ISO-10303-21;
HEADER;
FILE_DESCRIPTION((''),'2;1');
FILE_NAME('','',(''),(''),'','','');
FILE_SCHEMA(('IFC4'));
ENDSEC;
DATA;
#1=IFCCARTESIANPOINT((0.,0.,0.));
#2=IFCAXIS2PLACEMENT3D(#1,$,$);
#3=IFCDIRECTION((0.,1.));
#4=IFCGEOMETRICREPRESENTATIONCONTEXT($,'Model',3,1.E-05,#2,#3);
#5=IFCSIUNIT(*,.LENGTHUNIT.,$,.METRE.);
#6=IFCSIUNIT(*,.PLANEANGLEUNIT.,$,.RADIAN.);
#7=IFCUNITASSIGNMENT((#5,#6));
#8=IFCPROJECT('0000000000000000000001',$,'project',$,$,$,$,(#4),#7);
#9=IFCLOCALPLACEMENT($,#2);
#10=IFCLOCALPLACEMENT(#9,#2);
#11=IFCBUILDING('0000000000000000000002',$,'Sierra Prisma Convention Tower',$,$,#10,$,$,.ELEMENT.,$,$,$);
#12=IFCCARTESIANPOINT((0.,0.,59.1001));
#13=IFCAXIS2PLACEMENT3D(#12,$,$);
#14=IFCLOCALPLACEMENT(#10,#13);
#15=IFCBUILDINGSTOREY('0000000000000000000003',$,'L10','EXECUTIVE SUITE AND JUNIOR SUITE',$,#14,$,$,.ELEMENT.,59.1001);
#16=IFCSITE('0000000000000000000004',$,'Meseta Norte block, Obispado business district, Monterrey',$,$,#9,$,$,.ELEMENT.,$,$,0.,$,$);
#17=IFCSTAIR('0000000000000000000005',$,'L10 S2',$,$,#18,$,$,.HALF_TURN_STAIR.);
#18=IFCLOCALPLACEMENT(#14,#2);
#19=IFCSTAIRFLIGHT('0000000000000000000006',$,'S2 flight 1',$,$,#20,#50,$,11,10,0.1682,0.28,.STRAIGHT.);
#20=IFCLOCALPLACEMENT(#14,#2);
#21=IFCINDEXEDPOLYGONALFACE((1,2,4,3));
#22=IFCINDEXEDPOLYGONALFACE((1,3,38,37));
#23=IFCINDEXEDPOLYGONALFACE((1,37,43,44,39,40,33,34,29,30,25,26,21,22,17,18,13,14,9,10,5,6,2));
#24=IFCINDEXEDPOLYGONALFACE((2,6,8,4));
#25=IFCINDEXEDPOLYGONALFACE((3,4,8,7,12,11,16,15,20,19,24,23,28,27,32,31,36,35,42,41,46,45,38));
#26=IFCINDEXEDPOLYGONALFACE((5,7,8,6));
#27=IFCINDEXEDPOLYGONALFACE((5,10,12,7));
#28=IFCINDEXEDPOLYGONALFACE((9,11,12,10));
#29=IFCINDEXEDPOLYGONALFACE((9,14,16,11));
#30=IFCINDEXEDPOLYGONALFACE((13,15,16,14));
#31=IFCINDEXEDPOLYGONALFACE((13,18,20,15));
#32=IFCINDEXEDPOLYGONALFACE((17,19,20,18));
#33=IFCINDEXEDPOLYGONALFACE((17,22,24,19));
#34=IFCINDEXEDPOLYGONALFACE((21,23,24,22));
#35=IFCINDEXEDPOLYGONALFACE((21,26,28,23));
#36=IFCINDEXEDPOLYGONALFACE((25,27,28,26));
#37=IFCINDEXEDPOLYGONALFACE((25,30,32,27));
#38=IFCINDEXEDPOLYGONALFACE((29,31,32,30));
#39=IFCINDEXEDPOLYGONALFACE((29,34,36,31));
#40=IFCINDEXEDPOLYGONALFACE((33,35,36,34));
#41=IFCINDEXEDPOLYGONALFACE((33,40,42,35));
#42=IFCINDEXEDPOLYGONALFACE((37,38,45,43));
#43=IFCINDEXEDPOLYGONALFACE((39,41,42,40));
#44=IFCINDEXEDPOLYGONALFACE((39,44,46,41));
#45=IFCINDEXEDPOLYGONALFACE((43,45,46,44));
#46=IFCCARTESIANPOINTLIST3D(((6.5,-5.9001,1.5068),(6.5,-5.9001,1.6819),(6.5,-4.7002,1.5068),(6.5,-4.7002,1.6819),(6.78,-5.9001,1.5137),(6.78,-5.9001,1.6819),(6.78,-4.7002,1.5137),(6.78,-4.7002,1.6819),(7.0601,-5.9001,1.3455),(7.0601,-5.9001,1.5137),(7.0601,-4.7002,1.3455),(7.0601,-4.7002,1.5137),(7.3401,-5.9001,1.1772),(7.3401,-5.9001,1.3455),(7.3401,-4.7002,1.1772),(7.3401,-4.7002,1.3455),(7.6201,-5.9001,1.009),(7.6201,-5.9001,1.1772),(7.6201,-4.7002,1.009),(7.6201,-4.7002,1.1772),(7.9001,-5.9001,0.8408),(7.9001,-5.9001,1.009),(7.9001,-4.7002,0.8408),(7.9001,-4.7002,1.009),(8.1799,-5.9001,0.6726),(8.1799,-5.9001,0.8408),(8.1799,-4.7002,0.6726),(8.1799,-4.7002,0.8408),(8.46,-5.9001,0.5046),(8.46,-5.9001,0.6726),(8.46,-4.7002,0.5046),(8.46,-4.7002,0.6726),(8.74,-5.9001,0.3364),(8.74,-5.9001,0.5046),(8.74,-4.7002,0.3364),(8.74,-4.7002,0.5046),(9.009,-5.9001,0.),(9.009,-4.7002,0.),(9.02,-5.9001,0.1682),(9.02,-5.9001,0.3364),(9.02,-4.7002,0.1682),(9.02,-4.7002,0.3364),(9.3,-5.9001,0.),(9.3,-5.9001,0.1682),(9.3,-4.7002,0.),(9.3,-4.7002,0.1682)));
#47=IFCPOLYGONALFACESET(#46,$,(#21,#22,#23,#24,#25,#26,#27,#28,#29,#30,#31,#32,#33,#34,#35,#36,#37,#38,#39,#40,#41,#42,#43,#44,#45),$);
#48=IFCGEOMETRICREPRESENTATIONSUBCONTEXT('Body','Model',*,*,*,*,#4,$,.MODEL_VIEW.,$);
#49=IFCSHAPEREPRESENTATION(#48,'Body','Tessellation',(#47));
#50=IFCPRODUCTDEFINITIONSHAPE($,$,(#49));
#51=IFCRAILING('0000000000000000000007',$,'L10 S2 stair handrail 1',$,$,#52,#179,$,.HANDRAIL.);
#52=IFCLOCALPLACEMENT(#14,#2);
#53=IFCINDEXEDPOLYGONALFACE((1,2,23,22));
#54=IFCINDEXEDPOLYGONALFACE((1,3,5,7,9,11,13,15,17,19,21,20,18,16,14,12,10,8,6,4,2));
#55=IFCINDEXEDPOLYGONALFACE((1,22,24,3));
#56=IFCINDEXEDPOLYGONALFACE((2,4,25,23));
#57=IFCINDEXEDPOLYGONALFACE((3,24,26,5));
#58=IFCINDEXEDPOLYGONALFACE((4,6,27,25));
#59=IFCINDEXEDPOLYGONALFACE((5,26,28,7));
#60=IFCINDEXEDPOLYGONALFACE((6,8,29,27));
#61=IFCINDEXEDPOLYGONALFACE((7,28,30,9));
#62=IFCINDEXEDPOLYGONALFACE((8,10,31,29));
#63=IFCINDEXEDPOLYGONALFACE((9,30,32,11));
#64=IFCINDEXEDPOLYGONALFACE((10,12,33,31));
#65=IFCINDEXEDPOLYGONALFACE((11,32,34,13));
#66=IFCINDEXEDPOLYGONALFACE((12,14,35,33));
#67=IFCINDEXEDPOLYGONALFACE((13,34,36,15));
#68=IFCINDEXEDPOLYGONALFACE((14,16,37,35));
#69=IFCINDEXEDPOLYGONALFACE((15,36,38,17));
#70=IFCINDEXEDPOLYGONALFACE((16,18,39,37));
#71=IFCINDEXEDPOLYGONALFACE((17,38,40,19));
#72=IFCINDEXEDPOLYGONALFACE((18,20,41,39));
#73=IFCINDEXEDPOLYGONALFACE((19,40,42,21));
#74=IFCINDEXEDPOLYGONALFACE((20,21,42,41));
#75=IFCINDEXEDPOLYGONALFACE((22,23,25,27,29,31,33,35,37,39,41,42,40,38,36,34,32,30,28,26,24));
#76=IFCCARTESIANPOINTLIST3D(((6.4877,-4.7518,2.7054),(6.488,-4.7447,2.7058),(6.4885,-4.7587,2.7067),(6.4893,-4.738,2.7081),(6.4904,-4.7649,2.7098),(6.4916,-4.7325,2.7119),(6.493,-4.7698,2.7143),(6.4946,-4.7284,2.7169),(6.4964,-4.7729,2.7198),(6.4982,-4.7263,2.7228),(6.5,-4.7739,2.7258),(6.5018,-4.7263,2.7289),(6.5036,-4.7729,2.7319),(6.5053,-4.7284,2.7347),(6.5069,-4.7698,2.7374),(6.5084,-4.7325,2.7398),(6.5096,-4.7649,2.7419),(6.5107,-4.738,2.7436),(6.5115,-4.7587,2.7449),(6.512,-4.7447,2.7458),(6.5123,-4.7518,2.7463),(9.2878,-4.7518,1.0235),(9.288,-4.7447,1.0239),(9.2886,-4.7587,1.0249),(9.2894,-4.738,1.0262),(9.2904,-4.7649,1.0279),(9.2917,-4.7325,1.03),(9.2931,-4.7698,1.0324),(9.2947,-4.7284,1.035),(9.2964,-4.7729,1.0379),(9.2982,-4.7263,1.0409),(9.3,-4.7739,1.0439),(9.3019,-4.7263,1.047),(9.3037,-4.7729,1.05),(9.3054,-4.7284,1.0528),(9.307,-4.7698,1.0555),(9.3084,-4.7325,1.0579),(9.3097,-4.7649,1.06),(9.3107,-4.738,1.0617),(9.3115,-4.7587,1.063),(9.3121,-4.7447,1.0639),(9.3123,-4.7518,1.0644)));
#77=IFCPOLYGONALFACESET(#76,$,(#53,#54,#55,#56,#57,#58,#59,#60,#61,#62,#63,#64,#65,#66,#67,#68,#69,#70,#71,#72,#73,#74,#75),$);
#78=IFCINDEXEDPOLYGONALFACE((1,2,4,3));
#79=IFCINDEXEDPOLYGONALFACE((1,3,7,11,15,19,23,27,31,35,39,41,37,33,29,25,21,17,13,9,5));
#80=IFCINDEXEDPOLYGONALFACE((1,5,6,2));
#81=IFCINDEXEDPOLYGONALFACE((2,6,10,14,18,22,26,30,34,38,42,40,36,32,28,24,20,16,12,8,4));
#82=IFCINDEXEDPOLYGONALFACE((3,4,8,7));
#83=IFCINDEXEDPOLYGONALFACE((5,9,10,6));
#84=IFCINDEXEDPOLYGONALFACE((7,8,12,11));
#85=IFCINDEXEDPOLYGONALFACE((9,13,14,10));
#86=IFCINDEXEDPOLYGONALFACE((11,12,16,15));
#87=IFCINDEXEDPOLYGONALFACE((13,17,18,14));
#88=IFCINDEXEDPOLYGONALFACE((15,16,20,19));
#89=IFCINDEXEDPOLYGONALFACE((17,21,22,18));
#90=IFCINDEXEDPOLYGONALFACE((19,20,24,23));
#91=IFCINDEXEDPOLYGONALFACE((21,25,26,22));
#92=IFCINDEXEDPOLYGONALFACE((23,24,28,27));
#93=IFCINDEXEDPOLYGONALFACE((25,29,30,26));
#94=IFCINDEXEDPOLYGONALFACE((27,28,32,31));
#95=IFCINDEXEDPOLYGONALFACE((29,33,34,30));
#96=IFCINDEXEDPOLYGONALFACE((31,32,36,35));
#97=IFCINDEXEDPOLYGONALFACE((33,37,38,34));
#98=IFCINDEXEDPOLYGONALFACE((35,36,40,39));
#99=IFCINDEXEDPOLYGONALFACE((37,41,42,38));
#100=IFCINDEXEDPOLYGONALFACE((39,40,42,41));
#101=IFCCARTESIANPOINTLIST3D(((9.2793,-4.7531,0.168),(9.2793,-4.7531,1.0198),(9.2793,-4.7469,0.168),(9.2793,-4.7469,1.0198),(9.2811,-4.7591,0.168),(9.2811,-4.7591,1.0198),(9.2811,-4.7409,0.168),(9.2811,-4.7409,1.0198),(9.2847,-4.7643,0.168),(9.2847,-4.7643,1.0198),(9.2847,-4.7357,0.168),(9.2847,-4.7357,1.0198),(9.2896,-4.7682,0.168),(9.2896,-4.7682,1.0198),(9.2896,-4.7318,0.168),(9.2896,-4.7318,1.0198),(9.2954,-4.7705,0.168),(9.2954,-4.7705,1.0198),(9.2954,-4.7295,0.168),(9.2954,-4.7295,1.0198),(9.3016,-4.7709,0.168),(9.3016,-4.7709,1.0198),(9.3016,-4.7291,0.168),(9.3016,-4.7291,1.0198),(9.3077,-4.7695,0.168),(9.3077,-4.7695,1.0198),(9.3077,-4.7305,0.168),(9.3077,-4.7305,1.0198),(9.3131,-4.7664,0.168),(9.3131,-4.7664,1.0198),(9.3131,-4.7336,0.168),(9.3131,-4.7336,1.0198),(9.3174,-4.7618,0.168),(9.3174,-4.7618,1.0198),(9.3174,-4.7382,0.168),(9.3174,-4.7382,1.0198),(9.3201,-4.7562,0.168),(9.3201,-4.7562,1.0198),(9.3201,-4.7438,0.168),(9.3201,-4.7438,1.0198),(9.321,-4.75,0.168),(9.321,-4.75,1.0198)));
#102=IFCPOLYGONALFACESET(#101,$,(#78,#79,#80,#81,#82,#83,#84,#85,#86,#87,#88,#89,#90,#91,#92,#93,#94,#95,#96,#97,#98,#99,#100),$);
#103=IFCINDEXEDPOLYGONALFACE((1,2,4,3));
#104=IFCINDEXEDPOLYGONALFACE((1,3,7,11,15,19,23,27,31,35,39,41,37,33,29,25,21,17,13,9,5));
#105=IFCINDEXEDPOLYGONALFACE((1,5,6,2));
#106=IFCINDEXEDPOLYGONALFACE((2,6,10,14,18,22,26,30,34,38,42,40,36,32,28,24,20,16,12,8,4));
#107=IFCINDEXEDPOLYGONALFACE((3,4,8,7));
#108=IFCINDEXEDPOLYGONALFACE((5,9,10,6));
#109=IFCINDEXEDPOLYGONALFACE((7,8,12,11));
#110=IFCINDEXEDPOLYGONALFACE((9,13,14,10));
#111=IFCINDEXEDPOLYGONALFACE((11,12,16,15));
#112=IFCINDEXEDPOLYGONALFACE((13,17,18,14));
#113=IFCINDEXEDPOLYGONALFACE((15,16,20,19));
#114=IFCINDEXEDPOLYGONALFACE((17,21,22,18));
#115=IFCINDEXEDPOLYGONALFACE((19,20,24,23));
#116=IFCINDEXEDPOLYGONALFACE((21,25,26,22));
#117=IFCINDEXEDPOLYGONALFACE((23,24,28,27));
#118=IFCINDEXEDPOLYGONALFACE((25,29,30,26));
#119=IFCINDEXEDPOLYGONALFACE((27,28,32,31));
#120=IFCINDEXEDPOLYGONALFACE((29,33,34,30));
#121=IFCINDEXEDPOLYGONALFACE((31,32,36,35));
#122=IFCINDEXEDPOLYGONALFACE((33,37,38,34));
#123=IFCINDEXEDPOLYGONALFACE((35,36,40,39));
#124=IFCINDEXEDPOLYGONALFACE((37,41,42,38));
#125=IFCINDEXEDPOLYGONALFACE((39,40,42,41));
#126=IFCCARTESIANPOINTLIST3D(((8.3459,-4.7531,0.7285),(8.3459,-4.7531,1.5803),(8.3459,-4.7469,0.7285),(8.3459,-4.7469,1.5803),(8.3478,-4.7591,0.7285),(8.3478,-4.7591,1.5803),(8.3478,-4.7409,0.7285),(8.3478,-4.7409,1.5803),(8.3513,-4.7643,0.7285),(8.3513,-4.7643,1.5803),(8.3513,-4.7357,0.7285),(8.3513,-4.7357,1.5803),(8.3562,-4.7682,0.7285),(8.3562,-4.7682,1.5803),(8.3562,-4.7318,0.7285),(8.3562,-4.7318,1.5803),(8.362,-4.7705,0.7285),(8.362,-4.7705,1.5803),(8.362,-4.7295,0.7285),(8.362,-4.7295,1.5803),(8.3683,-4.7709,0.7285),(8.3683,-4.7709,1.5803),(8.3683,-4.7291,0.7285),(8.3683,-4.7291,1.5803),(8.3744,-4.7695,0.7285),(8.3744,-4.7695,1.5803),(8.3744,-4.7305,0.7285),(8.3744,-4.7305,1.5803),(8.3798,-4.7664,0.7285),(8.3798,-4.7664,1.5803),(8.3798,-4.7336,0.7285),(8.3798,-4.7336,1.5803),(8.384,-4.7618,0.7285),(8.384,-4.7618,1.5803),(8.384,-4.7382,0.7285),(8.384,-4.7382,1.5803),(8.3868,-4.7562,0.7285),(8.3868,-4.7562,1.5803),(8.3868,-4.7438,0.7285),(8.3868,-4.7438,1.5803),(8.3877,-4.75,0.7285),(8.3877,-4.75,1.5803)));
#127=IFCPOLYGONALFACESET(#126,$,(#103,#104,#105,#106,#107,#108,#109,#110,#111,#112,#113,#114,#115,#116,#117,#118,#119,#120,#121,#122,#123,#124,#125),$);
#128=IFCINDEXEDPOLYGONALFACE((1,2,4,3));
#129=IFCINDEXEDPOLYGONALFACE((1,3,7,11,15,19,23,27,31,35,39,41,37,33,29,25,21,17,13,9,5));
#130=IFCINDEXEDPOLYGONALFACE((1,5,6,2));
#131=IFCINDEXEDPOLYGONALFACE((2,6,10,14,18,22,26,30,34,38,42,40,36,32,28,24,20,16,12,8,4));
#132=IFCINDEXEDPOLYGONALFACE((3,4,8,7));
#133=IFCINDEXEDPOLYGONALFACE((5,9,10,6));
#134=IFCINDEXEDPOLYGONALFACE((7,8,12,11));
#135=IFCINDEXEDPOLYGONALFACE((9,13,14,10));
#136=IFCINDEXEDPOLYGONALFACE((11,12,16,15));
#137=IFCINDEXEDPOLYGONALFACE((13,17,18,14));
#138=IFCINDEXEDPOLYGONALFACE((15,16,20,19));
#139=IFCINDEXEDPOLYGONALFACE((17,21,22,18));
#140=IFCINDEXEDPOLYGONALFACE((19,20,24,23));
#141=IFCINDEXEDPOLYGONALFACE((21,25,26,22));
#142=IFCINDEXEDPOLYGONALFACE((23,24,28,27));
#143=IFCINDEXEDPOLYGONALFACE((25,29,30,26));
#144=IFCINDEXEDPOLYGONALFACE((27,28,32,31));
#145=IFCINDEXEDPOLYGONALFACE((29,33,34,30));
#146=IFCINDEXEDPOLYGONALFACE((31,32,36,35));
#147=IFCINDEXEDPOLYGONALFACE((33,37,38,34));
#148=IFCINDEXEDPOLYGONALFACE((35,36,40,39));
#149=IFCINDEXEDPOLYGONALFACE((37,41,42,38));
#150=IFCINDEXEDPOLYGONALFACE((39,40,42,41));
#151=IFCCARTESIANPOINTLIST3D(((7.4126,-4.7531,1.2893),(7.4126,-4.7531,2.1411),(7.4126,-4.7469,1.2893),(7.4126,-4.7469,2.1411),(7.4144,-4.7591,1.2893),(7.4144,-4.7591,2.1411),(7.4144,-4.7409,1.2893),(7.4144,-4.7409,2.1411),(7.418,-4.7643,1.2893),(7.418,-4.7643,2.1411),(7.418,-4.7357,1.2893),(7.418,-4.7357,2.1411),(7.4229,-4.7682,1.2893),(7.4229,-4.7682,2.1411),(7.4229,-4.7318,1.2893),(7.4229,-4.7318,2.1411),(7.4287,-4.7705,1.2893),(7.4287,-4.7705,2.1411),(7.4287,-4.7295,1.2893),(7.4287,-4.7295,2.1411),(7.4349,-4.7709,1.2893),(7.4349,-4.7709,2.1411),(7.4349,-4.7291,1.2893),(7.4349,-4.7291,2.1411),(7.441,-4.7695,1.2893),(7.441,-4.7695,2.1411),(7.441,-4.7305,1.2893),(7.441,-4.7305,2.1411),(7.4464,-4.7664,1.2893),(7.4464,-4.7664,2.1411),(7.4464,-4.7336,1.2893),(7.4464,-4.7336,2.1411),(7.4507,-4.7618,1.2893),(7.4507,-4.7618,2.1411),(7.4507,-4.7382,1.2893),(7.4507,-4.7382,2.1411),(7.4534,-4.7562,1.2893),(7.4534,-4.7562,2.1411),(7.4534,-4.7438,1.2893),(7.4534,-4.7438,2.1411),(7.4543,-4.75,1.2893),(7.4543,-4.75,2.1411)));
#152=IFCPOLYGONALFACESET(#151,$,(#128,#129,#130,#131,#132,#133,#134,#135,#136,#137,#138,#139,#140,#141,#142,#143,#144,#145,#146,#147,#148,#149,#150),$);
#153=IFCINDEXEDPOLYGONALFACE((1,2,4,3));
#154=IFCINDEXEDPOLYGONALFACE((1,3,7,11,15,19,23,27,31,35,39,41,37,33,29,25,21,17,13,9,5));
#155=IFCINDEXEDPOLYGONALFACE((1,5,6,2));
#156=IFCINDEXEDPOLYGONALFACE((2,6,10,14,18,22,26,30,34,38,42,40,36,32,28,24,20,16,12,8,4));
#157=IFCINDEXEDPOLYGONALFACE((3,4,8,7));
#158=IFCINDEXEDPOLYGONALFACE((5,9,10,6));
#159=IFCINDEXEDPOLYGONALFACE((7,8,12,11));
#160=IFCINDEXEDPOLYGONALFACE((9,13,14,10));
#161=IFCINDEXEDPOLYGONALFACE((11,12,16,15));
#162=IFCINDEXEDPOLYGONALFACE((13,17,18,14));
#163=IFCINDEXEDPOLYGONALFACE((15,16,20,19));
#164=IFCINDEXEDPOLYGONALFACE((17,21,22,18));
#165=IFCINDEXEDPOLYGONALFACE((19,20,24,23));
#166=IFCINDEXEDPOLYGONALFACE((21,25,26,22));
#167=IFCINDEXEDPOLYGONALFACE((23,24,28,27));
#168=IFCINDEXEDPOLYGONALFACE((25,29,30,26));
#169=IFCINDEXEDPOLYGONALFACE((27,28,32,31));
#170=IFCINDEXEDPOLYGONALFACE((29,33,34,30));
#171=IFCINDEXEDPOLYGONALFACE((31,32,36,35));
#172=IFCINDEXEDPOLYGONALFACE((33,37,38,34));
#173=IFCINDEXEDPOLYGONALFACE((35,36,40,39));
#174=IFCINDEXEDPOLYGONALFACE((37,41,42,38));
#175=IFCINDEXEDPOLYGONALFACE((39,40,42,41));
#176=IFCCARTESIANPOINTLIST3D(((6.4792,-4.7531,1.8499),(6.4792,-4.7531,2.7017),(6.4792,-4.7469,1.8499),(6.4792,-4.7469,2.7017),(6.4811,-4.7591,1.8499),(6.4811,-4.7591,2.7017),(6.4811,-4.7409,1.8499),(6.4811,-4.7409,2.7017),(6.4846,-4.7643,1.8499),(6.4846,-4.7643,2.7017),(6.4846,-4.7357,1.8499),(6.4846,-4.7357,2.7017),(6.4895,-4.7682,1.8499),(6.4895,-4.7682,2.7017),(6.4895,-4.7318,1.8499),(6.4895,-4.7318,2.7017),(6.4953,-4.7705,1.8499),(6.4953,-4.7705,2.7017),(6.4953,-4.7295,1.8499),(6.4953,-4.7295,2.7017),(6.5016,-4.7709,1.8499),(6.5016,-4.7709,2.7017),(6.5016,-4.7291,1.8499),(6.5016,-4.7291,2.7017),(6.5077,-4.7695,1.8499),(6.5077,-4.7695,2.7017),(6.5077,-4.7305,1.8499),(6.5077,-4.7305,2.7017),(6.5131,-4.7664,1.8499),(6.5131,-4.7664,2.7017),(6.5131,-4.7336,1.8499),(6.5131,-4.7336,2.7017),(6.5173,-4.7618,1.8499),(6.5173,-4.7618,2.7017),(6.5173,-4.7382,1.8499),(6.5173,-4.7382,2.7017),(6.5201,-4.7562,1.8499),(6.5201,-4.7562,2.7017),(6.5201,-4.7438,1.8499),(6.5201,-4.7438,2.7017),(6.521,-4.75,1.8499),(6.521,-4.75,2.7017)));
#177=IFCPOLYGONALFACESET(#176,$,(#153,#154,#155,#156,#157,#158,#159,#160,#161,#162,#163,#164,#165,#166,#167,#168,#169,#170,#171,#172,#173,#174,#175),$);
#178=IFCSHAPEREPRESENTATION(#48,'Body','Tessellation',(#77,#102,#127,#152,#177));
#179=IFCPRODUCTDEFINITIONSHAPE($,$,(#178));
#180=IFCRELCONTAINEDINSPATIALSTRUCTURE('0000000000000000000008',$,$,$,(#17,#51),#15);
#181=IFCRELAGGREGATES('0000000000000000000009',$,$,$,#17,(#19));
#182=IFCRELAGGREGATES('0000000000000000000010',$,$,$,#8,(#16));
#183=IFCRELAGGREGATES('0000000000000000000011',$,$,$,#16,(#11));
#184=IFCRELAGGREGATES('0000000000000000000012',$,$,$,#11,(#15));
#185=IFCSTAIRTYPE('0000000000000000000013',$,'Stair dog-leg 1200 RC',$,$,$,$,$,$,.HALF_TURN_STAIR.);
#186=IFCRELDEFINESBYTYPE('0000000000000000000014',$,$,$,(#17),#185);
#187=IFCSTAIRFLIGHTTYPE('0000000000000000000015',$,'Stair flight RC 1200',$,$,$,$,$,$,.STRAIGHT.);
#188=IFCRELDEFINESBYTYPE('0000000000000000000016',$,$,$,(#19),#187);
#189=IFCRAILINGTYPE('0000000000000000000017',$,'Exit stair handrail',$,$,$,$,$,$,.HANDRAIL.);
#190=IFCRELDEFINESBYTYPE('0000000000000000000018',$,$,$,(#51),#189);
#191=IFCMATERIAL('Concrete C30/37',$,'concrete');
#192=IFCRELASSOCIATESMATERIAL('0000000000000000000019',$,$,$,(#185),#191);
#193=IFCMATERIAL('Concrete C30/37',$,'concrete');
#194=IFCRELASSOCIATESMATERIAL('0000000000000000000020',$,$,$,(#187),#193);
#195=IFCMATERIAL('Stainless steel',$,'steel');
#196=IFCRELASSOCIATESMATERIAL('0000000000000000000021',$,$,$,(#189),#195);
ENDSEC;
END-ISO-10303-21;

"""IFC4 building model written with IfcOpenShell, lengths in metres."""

from ifc_helpers import new_model, si_unit, direction, frame, origin, origin_2d, place, context, subcontext, project, spatial, polyline, circle, outline, extrude, material, type_object, element, aggregate, save


model = new_model("IFC4")

# Units and contexts
model_context = context("Model", 3, precision=1e-05, world=origin(), true_north=direction((0.0, 1.0)))
body_context = subcontext(model_context, "Body", "Model", "MODEL_VIEW")
ifc_project = project(units=[si_unit("LENGTHUNIT", "METRE"), si_unit("PLANEANGLEUNIT", "RADIAN")], contexts=[model_context])

# Site, building, storey
site_placement = place(None, origin())
site = spatial("IfcSite", under=ifc_project, at=site_placement, Name="Meseta Norte block, Obispado business district, Monterrey", CompositionType="ELEMENT", RefElevation=0.0)
building_placement = place(site_placement, origin())
building = spatial("IfcBuilding", under=site, at=building_placement, Name="Sierra Prisma Convention Tower", CompositionType="ELEMENT")
storey_placement = place(building_placement, frame((0.0, 0.0, 59.1001)))
storey = spatial("IfcBuildingStorey", under=building, at=storey_placement, Name="L10", Description="EXECUTIVE SUITE AND JUNIOR SUITE", CompositionType="ELEMENT", Elevation=59.1001)

# Stair, stair flight
ifc_material_1 = material(Name="Concrete C30/37", Category="concrete")
stair_type = type_object("IfcStairType", Name="Stair dog-leg 1200 RC", PredefinedType="HALF_TURN_STAIR", material=ifc_material_1)
stair_placement = place(storey_placement, origin())
stair = element("IfcStair", 1, at=stair_placement, inside=storey, type_object=stair_type, Name="L10 S2", PredefinedType="HALF_TURN_STAIR")
ifc_material_2 = material(Name="Concrete C30/37", Category="concrete")
stair_flight_type = type_object("IfcStairFlightType", Name="Stair flight RC 1200", PredefinedType="STRAIGHT", material=ifc_material_2)
stair_flight_placement = place(storey_placement, frame((9.3, -5.3, 0.0), z_axis=(0.0, 0.0, 1.0), x_axis=(-1.0, 0.0, 0.0)))
stair_flight = element("IfcStairFlight", 2, at=stair_flight_placement, type_object=stair_flight_type, Name="S2 flight 1", NumberOfRisers=11, NumberOfTreads=10, PredefinedType="STRAIGHT", RiserHeight=0.1682, TreadLength=0.28, context=body_context, shape_type="SweptSolid", body=[
    extrude(outline(polyline([(0.0, 0.0), (0.0, 0.1682), (0.28, 0.1682), (0.28, 0.3364), (0.5601, 0.3364), (0.5601, 0.5046), (0.8401, 0.5046), (0.8401, 0.6726), (1.1201, 0.6726), (1.1201, 0.8408), (1.3999, 0.8408), (1.3999, 1.009), (1.6799, 1.009), (1.6799, 1.1772), (1.96, 1.1772), (1.96, 1.3455), (2.24, 1.3455), (2.24, 1.5137), (2.52, 1.5137), (2.52, 1.6819), (2.8, 1.6819), (2.8, 1.8501), (2.8, 1.5068), (0.291, 0.0), (0.0, 0.0)])), frame((0.0, 0.6001, 0.0), z_axis=(0.0, -1.0, 0.0), x_axis=(1.0, 0.0, 0.0)), (0.0, 0.0, 1.0), 1.2),
])
aggregate(stair, [stair_flight])

# Railing
ifc_material_3 = material(Name="Stainless steel", Category="steel")
railing_type_1 = type_object("IfcRailingType", Name="Exit stair handrail", PredefinedType="HANDRAIL", material=ifc_material_3)
railing_1_placement = place(storey_placement, frame((9.3, -4.75, 0.168)))
element("IfcRailing", 3, at=railing_1_placement, inside=storey, type_object=railing_type_1, Name="L10 S2 stair handrail 1", PredefinedType="HANDRAIL", context=body_context, shape_type="SweptSolid", body=[
    extrude(circle(Radius=0.0239, at=origin_2d()), frame((0.0, 0.0, 0.876), z_axis=(-0.857242, 0.0, 0.514913), x_axis=(0.0, -1.0, 0.0)), (0.0, 0.0, 1.0), 3.2664),
    extrude(circle(Radius=0.021, at=origin_2d()), origin(), (0.0, 0.0, 1.0), 0.8518),
    extrude(circle(Radius=0.021, at=origin_2d()), frame((-0.9333, 0.0, 0.5605)), (0.0, 0.0, 1.0), 0.8518),
    extrude(circle(Radius=0.021, at=origin_2d()), frame((-1.8667, 0.0, 1.1213)), (0.0, 0.0, 1.0), 0.8518),
    extrude(circle(Radius=0.021, at=origin_2d()), frame((-2.8, 0.0, 1.6819)), (0.0, 0.0, 1.0), 0.8518),
])

save(model, "model.ifc")
